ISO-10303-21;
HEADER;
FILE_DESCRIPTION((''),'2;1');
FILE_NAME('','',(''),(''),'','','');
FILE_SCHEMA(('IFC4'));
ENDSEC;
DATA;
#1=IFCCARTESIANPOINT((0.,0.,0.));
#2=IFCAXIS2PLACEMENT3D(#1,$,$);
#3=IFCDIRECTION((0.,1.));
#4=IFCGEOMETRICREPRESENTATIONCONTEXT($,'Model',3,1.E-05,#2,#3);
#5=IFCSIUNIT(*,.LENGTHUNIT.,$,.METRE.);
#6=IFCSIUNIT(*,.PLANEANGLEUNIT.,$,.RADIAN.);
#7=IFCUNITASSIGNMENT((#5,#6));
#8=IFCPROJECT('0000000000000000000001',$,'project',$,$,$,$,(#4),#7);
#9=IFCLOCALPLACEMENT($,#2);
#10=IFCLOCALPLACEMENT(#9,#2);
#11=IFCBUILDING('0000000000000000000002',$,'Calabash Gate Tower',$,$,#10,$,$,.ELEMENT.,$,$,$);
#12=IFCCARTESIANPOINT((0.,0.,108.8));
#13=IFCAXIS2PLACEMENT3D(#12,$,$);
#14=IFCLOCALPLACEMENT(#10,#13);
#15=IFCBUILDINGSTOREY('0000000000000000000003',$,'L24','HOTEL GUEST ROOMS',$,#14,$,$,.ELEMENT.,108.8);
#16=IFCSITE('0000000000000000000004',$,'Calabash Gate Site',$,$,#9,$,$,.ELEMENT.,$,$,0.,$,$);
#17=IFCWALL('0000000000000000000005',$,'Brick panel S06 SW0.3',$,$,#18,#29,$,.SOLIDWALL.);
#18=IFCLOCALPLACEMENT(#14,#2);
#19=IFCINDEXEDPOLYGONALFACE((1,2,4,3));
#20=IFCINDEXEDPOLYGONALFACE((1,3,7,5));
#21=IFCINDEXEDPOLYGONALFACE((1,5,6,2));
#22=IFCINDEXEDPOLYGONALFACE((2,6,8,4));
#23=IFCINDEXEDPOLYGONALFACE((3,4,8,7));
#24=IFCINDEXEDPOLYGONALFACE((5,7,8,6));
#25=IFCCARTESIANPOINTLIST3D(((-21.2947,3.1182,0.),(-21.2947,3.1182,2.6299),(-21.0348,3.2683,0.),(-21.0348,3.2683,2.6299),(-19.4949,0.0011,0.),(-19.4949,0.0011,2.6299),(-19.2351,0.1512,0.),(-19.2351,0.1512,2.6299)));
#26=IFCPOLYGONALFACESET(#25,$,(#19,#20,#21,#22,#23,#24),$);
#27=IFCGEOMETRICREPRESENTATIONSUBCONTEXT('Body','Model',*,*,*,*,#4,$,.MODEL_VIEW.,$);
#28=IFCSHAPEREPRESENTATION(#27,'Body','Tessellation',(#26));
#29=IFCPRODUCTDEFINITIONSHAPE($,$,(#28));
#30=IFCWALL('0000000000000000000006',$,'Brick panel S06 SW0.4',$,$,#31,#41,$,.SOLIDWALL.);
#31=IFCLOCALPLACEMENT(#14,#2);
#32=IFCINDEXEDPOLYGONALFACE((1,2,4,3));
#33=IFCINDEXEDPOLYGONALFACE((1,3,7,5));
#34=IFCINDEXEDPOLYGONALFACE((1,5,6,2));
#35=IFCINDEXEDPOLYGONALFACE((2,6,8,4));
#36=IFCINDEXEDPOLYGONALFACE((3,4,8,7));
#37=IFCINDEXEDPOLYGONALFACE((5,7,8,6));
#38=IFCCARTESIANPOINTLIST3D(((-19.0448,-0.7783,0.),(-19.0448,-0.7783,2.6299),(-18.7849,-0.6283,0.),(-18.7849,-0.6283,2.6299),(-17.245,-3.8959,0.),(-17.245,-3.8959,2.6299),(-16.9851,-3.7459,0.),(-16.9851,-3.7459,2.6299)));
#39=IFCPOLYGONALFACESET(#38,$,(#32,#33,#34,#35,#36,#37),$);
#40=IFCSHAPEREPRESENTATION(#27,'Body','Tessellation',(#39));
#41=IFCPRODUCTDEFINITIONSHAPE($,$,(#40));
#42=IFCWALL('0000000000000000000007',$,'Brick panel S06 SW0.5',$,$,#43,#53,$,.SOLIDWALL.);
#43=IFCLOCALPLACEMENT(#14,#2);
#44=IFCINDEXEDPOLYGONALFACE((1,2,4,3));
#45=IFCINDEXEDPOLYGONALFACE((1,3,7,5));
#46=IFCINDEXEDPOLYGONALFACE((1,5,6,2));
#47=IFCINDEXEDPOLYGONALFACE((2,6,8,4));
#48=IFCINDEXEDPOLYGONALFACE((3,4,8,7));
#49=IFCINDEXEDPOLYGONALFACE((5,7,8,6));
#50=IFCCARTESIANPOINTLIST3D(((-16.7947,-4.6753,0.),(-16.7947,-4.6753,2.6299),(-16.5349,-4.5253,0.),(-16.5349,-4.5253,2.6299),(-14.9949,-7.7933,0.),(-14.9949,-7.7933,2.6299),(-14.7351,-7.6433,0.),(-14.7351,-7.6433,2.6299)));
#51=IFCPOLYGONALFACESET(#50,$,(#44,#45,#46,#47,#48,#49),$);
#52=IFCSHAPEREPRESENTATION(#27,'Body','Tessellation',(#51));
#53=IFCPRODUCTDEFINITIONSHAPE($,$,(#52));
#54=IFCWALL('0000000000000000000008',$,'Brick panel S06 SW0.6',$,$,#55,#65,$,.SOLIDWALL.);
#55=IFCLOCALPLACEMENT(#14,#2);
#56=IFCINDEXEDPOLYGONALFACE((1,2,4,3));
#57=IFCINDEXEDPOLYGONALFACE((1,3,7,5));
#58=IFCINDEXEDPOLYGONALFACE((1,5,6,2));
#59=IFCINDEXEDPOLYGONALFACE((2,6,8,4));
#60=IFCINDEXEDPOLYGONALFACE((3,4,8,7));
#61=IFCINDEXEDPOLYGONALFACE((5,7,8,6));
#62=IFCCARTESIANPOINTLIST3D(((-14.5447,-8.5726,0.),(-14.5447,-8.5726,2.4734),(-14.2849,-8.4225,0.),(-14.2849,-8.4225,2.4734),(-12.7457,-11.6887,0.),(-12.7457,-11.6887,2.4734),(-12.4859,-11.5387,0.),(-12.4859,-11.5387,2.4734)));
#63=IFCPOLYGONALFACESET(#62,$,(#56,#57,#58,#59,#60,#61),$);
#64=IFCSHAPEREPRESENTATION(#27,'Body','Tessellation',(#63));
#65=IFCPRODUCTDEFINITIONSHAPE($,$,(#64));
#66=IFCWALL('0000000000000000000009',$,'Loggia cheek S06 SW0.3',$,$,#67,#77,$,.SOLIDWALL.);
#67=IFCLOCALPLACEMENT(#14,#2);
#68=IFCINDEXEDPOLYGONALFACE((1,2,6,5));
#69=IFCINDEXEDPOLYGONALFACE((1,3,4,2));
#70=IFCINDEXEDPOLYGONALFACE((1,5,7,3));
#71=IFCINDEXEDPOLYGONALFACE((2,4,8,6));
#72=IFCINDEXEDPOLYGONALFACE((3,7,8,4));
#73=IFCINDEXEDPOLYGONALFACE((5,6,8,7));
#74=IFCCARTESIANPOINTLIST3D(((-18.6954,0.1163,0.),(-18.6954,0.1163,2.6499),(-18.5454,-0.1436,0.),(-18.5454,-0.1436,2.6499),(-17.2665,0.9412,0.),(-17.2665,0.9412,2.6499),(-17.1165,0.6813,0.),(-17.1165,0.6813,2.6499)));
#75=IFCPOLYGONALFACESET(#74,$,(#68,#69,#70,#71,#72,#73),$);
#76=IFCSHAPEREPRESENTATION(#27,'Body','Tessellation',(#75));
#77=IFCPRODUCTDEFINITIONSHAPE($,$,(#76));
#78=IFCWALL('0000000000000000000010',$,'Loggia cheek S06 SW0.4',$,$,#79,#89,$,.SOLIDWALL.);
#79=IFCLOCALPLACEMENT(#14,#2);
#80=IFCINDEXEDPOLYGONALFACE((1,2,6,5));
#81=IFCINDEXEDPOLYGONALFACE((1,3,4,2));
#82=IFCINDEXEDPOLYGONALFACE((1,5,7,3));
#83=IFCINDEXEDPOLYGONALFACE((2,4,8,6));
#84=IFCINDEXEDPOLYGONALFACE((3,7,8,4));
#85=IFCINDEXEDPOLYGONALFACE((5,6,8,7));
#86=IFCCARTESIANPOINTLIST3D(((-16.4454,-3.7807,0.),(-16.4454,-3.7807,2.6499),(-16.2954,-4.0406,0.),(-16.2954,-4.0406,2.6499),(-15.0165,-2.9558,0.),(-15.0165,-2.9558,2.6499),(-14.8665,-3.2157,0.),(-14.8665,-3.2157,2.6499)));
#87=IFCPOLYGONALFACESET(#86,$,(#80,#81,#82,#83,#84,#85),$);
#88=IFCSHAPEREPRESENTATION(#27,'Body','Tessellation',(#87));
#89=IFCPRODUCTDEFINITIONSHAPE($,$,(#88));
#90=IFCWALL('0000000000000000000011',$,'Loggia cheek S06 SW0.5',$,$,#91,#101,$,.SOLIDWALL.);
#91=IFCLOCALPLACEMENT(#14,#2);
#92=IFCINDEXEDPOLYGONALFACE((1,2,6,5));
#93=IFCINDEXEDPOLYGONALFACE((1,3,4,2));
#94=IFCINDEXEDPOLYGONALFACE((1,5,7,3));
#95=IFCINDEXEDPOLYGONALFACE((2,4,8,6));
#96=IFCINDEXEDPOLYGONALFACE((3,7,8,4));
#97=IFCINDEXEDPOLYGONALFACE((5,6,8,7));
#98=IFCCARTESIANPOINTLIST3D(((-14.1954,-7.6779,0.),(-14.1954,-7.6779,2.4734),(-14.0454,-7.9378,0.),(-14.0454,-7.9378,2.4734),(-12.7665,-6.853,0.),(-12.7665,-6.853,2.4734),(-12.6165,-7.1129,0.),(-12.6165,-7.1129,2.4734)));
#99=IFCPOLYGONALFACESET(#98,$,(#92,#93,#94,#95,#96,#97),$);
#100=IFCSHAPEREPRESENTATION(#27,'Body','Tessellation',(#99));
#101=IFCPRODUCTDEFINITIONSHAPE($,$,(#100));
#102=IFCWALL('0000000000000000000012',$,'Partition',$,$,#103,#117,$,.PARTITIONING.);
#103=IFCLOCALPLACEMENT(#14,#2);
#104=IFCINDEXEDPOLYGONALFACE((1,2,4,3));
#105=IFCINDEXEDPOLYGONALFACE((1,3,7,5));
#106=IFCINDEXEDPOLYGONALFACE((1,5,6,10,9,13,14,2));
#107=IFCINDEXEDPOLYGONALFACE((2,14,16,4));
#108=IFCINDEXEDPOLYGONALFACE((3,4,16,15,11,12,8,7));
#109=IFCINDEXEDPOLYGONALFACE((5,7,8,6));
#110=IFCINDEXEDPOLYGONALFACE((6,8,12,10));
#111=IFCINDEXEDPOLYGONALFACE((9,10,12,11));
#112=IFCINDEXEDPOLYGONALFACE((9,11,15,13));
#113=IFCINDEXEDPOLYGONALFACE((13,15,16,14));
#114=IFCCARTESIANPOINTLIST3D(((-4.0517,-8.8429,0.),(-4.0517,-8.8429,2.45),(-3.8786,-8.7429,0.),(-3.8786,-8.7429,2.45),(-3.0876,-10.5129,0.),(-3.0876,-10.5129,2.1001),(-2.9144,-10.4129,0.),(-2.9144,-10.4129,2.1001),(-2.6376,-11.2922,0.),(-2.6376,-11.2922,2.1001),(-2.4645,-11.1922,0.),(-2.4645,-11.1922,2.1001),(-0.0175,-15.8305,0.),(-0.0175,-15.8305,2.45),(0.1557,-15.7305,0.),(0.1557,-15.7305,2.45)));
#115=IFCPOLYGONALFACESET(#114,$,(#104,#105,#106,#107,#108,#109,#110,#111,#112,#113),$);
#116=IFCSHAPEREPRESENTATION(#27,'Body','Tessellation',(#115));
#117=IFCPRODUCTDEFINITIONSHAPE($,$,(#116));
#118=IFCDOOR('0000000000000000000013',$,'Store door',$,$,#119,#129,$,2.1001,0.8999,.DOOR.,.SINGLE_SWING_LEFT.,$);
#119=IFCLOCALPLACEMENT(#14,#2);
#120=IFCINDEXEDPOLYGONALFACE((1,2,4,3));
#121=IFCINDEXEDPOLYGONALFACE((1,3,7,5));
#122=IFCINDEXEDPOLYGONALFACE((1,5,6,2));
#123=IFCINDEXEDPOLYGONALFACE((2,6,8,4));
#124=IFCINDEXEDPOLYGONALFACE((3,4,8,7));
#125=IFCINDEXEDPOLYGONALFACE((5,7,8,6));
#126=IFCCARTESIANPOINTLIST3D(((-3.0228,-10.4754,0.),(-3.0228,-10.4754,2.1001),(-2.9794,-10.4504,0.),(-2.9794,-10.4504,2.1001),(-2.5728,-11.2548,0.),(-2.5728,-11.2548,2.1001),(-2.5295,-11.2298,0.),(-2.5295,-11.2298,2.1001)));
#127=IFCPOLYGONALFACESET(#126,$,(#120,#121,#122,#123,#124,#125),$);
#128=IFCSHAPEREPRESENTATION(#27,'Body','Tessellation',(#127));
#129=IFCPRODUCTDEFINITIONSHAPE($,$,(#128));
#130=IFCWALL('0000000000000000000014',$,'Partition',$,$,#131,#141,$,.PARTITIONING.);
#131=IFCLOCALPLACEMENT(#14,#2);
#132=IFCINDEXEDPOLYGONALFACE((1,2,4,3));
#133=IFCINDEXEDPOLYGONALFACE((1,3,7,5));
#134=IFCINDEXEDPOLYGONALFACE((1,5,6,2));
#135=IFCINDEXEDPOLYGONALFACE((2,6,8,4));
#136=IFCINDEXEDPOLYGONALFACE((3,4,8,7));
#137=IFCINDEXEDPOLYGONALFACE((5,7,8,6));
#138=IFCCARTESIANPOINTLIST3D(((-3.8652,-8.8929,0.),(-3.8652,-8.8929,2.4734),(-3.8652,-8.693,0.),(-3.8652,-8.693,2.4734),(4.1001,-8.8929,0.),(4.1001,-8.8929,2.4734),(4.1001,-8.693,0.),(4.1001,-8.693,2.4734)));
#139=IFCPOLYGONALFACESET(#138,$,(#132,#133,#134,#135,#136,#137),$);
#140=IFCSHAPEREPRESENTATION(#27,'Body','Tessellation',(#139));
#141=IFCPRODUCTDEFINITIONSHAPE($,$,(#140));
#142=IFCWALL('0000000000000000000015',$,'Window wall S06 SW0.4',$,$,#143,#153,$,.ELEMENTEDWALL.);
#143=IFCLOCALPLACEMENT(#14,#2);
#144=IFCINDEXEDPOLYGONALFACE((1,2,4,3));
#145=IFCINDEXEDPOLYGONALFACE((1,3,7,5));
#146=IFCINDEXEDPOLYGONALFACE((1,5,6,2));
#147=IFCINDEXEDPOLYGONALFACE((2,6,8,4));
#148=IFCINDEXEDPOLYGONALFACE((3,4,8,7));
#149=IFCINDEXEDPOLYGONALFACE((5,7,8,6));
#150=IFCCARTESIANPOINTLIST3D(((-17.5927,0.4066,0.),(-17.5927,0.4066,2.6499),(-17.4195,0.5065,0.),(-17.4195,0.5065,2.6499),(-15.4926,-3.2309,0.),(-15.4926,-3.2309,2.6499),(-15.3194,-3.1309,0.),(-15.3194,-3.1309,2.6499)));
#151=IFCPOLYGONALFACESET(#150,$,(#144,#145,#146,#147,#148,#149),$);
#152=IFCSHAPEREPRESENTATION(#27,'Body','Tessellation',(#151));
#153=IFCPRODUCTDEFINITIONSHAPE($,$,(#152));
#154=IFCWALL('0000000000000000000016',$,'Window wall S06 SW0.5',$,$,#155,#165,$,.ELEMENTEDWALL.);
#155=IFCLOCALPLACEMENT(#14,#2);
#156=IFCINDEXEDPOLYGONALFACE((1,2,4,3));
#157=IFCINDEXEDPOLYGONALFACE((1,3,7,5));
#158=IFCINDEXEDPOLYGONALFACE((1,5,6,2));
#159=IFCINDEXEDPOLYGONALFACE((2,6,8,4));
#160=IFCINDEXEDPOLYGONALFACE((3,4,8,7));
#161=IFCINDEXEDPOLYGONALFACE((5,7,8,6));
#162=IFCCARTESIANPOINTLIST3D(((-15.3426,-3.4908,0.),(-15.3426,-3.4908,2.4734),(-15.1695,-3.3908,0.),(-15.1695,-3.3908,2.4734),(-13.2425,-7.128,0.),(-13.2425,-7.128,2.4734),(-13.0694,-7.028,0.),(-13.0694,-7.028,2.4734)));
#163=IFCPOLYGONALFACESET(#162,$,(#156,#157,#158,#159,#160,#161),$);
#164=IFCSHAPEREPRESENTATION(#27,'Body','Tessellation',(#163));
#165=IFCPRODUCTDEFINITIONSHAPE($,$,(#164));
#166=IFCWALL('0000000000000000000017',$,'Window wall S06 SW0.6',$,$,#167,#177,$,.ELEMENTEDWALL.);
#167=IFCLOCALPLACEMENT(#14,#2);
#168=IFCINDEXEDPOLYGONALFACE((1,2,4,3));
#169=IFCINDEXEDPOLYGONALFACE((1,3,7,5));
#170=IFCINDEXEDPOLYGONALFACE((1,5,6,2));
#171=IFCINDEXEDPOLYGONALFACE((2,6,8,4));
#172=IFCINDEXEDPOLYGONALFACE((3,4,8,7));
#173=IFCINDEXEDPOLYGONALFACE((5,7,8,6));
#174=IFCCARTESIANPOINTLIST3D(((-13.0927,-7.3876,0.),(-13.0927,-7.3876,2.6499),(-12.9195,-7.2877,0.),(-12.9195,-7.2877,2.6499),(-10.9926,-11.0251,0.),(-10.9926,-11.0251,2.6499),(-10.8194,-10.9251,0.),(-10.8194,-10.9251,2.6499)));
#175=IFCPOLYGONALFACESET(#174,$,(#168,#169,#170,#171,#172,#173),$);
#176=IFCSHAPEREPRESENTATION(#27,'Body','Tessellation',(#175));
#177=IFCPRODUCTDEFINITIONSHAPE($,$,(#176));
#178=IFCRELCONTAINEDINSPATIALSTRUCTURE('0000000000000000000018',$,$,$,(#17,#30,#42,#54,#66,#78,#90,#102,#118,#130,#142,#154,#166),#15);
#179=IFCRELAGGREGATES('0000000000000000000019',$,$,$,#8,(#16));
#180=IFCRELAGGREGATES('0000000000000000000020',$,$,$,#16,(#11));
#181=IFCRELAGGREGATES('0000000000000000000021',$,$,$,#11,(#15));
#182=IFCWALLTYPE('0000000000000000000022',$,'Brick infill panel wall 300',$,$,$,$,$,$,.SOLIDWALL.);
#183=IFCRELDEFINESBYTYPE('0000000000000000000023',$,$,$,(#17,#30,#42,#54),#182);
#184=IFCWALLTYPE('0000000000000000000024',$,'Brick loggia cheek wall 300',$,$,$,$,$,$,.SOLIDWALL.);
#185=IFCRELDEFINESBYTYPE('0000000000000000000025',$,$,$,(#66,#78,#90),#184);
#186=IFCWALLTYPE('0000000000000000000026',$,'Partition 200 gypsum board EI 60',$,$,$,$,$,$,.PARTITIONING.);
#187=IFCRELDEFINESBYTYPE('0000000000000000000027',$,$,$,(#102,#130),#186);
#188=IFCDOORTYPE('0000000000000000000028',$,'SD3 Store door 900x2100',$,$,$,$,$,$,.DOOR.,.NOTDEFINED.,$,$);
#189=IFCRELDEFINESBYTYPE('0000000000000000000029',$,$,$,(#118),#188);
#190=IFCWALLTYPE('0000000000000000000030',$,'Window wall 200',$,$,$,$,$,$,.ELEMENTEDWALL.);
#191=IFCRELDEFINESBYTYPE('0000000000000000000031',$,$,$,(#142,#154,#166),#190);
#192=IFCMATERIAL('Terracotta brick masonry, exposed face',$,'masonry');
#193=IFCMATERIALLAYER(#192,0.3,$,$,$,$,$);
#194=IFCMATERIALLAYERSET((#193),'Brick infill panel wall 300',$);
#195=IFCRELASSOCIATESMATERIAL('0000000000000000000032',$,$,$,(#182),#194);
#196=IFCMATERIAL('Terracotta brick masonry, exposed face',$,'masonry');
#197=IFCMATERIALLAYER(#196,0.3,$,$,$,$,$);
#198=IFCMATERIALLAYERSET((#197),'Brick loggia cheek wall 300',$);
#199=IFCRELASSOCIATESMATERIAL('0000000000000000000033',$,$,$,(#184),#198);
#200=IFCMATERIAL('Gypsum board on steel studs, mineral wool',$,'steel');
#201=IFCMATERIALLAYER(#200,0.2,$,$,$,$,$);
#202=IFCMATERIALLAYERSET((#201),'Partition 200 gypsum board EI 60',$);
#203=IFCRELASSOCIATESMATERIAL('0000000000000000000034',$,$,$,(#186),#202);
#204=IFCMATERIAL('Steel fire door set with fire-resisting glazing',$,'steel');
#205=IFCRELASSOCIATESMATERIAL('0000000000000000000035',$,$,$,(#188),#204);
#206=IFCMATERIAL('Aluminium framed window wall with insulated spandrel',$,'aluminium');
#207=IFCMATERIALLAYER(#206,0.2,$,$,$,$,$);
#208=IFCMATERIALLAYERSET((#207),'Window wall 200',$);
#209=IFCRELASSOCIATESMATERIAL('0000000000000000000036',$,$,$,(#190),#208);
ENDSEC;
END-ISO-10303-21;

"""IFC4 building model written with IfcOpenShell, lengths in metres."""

from ifc_helpers import new_model, si_unit, direction, frame, frame_2d, origin, place, context, subcontext, project, spatial, rectangle, extrude, material, layer, layer_set, type_object, element, fill, save


model = new_model("IFC4")

# Units and contexts
model_context = context("Model", 3, precision=1e-05, world=origin(), true_north=direction((0.0, 1.0)))
body_context = subcontext(model_context, "Body", "Model", "MODEL_VIEW")
ifc_project = project(units=[si_unit("LENGTHUNIT", "METRE"), si_unit("PLANEANGLEUNIT", "RADIAN")], contexts=[model_context])

# Site, building, storey
site_placement = place(None, origin())
site = spatial("IfcSite", under=ifc_project, at=site_placement, Name="Calabash Gate Site", CompositionType="ELEMENT", RefElevation=0.0)
building_placement = place(site_placement, origin())
building = spatial("IfcBuilding", under=site, at=building_placement, Name="Calabash Gate Tower", CompositionType="ELEMENT")
storey_placement = place(building_placement, frame((0.0, 0.0, 108.8)))
storey = spatial("IfcBuildingStorey", under=building, at=storey_placement, Name="L24", Description="HOTEL GUEST ROOMS", CompositionType="ELEMENT", Elevation=108.8)

# Walls
ifc_material_1 = material(Name="Terracotta brick masonry, exposed face", Category="masonry")
ifc_layer_1 = layer(ifc_material_1, 0.3)
ifc_layer_set_1 = layer_set([ifc_layer_1], Name="Brick infill panel wall 300")
wall_type_1 = type_object("IfcWallType", Name="Brick infill panel wall 300", PredefinedType="SOLIDWALL", material=ifc_layer_set_1)
wall_1_placement = place(storey_placement, frame((-21.1648, 3.1934, 0.0), z_axis=(0.0, 0.0, 1.0), x_axis=(0.50002, -0.866014, 0.0)))
element("IfcWall", 1, at=wall_1_placement, inside=storey, type_object=wall_type_1, Name="Brick panel S06 SW0.3", PredefinedType="SOLIDWALL", context=body_context, shape_type="SweptSolid", body=[
    extrude(rectangle(XDim=3.5994, YDim=0.3, at=frame_2d((1.7998, 0.0))), origin(), (0.0, 0.0, 1.0), 2.6299),
])
wall_2_placement = place(storey_placement, frame((-18.9148, -0.7034, 0.0), z_axis=(0.0, 0.0, 1.0), x_axis=(0.499961, -0.866048, 0.0)))
element("IfcWall", 2, at=wall_2_placement, inside=storey, type_object=wall_type_1, Name="Brick panel S06 SW0.4", PredefinedType="SOLIDWALL", context=body_context, shape_type="SweptSolid", body=[
    extrude(rectangle(XDim=3.5999, YDim=0.3, at=frame_2d((1.7998, 0.0))), origin(), (0.0, 0.0, 1.0), 2.6299),
])
wall_3_placement = place(storey_placement, frame((-16.6648, -4.6003, 0.0), z_axis=(0.0, 0.0, 1.0), x_axis=(0.499932, -0.866065, 0.0)))
element("IfcWall", 3, at=wall_3_placement, inside=storey, type_object=wall_type_1, Name="Brick panel S06 SW0.5", PredefinedType="SOLIDWALL", context=body_context, shape_type="SweptSolid", body=[
    extrude(rectangle(XDim=3.6001, YDim=0.3, at=frame_2d((1.8, 0.0))), origin(), (0.0, 0.0, 1.0), 2.6299),
])
wall_4_placement = place(storey_placement, frame((-14.4148, -8.4976, 0.0), z_axis=(0.0, 0.0, 1.0), x_axis=(0.499985, -0.866034, 0.0)))
element("IfcWall", 4, at=wall_4_placement, inside=storey, type_object=wall_type_1, Name="Brick panel S06 SW0.6", PredefinedType="SOLIDWALL", context=body_context, shape_type="SweptSolid", body=[
    extrude(rectangle(XDim=3.5981, YDim=0.3, at=frame_2d((1.7991, 0.0))), origin(), (0.0, 0.0, 1.0), 2.4734),
])
ifc_material_2 = material(Name="Terracotta brick masonry, exposed face", Category="masonry")
ifc_layer_2 = layer(ifc_material_2, 0.3)
ifc_layer_set_2 = layer_set([ifc_layer_2], Name="Brick loggia cheek wall 300")
wall_type_2 = type_object("IfcWallType", Name="Brick loggia cheek wall 300", PredefinedType="SOLIDWALL", material=ifc_layer_set_2)
for number, where, z_axis, x_axis, name in (
    (5, (-18.6204, -0.0137, 0.0), (0.0, 0.0, 1.0), (0.86604, 0.499974, 0.0), "Loggia cheek S06 SW0.3"),
    (6, (-16.3704, -3.9106, 0.0), (0.0, 0.0, 1.0), (0.86604, 0.499974, 0.0), "Loggia cheek S06 SW0.4"),
):
    element("IfcWall", number, at=place(storey_placement, frame(where, z_axis=z_axis, x_axis=x_axis)), inside=storey, type_object=wall_type_2, Name=name, PredefinedType="SOLIDWALL", context=body_context, shape_type="SweptSolid", body=[
        extrude(rectangle(XDim=1.6499, YDim=0.3, at=frame_2d((0.825, 0.0))), origin(), (0.0, 0.0, 1.0), 2.6499),
    ])
wall_5_placement = place(storey_placement, frame((-14.1204, -7.8079, 0.0), z_axis=(0.0, 0.0, 1.0), x_axis=(0.86604, 0.499974, 0.0)))
element("IfcWall", 7, at=wall_5_placement, inside=storey, type_object=wall_type_2, Name="Loggia cheek S06 SW0.5", PredefinedType="SOLIDWALL", context=body_context, shape_type="SweptSolid", body=[
    extrude(rectangle(XDim=1.6499, YDim=0.3, at=frame_2d((0.825, 0.0))), origin(), (0.0, 0.0, 1.0), 2.4734),
])

# Wall, opening, door
ifc_material_3 = material(Name="Gypsum board on steel studs, mineral wool", Category="steel")
ifc_layer_3 = layer(ifc_material_3, 0.2)
ifc_layer_set_3 = layer_set([ifc_layer_3], Name="Partition 200 gypsum board EI 60")
wall_type_3 = type_object("IfcWallType", Name="Partition 200 gypsum board EI 60", PredefinedType="PARTITIONING", material=ifc_layer_set_3)
wall_6_placement = place(storey_placement, frame((-3.9651, -8.793, 0.0), z_axis=(0.0, 0.0, 1.0), x_axis=(0.499992, -0.86603, 0.0)))
wall_6 = element("IfcWall", 8, at=wall_6_placement, inside=storey, type_object=wall_type_3, Name="Partition", PredefinedType="PARTITIONING", context=body_context, shape_type="SweptSolid", body=[
    extrude(rectangle(XDim=8.0686, YDim=0.2, at=frame_2d((4.0342, 0.0))), origin(), (0.0, 0.0, 1.0), 2.45),
])
opening_placement = place(wall_6_placement, frame((1.9282, 0.0, 0.0)))
opening = element("IfcOpeningElement", 9, at=opening_placement, cuts=wall_6, PredefinedType="OPENING", context=body_context, shape_type="SweptSolid", body=[
    extrude(rectangle(XDim=0.8999, YDim=2.1001, at=frame_2d((0.45, 1.05))), frame((0.0, 0.1099, 0.0), z_axis=(0.0, -1.0, 0.0), x_axis=(1.0, 0.0, 0.0)), (0.0, 0.0, 1.0), 0.22),
])
ifc_material_4 = material(Name="Steel fire door set with fire-resisting glazing", Category="steel")
door_type = type_object("IfcDoorType", Name="SD3 Store door 900x2100", OperationType="NOTDEFINED", PredefinedType="DOOR", material=ifc_material_4)
door_placement = place(opening_placement, origin())
door = element("IfcDoor", 10, at=door_placement, inside=storey, type_object=door_type, Name="Store door", OperationType="SINGLE_SWING_LEFT", OverallHeight=2.1001, OverallWidth=0.8999, PredefinedType="DOOR", context=body_context, shape_type="SweptSolid", body=[
    extrude(rectangle(XDim=0.8999, YDim=2.1001, at=frame_2d((0.45, 1.05))), frame((0.0, 0.0249, 0.0), z_axis=(0.0, -1.0, 0.0), x_axis=(1.0, 0.0, 0.0)), (0.0, 0.0, 1.0), 0.05),
])
fill(opening, door)

# Walls
wall_7_placement = place(storey_placement, frame((-3.8652, -8.793, 0.0), z_axis=(0.0, 0.0, 1.0), x_axis=(1.0, 0.0, 0.0)))
element("IfcWall", 11, at=wall_7_placement, inside=storey, type_object=wall_type_3, Name="Partition", PredefinedType="PARTITIONING", context=body_context, shape_type="SweptSolid", body=[
    extrude(rectangle(XDim=7.9653, YDim=0.2, at=frame_2d((3.9827, 0.0))), origin(), (0.0, 0.0, 1.0), 2.4734),
])
ifc_material_5 = material(Name="Aluminium framed window wall with insulated spandrel", Category="aluminium")
ifc_layer_4 = layer(ifc_material_5, 0.2)
ifc_layer_set_4 = layer_set([ifc_layer_4], Name="Window wall 200")
wall_type_4 = type_object("IfcWallType", Name="Window wall 200", PredefinedType="ELEMENTEDWALL", material=ifc_layer_set_4)
wall_8_placement = place(storey_placement, frame((-17.5061, 0.4565, 0.0), z_axis=(0.0, 0.0, 1.0), x_axis=(0.500003, -0.866024, 0.0)))
element("IfcWall", 12, at=wall_8_placement, inside=storey, type_object=wall_type_4, Name="Window wall S06 SW0.4", PredefinedType="ELEMENTEDWALL", context=body_context, shape_type="SweptSolid", body=[
    extrude(rectangle(XDim=4.2002, YDim=0.2, at=frame_2d((2.1001, 0.0))), origin(), (0.0, 0.0, 1.0), 2.6499),
])
wall_9_placement = place(storey_placement, frame((-15.2561, -3.4407, 0.0), z_axis=(0.0, 0.0, 1.0), x_axis=(0.500028, -0.866009, 0.0)))
element("IfcWall", 13, at=wall_9_placement, inside=storey, type_object=wall_type_4, Name="Window wall S06 SW0.5", PredefinedType="ELEMENTEDWALL", context=body_context, shape_type="SweptSolid", body=[
    extrude(rectangle(XDim=4.2, YDim=0.2, at=frame_2d((2.1001, 0.0))), origin(), (0.0, 0.0, 1.0), 2.4734),
])
wall_10_placement = place(storey_placement, frame((-13.0061, -7.3376, 0.0), z_axis=(0.0, 0.0, 1.0), x_axis=(0.500003, -0.866024, 0.0)))
element("IfcWall", 14, at=wall_10_placement, inside=storey, type_object=wall_type_4, Name="Window wall S06 SW0.6", PredefinedType="ELEMENTEDWALL", context=body_context, shape_type="SweptSolid", body=[
    extrude(rectangle(XDim=4.2002, YDim=0.2, at=frame_2d((2.1001, 0.0))), origin(), (0.0, 0.0, 1.0), 2.6499),
])

save(model, "model.ifc")
